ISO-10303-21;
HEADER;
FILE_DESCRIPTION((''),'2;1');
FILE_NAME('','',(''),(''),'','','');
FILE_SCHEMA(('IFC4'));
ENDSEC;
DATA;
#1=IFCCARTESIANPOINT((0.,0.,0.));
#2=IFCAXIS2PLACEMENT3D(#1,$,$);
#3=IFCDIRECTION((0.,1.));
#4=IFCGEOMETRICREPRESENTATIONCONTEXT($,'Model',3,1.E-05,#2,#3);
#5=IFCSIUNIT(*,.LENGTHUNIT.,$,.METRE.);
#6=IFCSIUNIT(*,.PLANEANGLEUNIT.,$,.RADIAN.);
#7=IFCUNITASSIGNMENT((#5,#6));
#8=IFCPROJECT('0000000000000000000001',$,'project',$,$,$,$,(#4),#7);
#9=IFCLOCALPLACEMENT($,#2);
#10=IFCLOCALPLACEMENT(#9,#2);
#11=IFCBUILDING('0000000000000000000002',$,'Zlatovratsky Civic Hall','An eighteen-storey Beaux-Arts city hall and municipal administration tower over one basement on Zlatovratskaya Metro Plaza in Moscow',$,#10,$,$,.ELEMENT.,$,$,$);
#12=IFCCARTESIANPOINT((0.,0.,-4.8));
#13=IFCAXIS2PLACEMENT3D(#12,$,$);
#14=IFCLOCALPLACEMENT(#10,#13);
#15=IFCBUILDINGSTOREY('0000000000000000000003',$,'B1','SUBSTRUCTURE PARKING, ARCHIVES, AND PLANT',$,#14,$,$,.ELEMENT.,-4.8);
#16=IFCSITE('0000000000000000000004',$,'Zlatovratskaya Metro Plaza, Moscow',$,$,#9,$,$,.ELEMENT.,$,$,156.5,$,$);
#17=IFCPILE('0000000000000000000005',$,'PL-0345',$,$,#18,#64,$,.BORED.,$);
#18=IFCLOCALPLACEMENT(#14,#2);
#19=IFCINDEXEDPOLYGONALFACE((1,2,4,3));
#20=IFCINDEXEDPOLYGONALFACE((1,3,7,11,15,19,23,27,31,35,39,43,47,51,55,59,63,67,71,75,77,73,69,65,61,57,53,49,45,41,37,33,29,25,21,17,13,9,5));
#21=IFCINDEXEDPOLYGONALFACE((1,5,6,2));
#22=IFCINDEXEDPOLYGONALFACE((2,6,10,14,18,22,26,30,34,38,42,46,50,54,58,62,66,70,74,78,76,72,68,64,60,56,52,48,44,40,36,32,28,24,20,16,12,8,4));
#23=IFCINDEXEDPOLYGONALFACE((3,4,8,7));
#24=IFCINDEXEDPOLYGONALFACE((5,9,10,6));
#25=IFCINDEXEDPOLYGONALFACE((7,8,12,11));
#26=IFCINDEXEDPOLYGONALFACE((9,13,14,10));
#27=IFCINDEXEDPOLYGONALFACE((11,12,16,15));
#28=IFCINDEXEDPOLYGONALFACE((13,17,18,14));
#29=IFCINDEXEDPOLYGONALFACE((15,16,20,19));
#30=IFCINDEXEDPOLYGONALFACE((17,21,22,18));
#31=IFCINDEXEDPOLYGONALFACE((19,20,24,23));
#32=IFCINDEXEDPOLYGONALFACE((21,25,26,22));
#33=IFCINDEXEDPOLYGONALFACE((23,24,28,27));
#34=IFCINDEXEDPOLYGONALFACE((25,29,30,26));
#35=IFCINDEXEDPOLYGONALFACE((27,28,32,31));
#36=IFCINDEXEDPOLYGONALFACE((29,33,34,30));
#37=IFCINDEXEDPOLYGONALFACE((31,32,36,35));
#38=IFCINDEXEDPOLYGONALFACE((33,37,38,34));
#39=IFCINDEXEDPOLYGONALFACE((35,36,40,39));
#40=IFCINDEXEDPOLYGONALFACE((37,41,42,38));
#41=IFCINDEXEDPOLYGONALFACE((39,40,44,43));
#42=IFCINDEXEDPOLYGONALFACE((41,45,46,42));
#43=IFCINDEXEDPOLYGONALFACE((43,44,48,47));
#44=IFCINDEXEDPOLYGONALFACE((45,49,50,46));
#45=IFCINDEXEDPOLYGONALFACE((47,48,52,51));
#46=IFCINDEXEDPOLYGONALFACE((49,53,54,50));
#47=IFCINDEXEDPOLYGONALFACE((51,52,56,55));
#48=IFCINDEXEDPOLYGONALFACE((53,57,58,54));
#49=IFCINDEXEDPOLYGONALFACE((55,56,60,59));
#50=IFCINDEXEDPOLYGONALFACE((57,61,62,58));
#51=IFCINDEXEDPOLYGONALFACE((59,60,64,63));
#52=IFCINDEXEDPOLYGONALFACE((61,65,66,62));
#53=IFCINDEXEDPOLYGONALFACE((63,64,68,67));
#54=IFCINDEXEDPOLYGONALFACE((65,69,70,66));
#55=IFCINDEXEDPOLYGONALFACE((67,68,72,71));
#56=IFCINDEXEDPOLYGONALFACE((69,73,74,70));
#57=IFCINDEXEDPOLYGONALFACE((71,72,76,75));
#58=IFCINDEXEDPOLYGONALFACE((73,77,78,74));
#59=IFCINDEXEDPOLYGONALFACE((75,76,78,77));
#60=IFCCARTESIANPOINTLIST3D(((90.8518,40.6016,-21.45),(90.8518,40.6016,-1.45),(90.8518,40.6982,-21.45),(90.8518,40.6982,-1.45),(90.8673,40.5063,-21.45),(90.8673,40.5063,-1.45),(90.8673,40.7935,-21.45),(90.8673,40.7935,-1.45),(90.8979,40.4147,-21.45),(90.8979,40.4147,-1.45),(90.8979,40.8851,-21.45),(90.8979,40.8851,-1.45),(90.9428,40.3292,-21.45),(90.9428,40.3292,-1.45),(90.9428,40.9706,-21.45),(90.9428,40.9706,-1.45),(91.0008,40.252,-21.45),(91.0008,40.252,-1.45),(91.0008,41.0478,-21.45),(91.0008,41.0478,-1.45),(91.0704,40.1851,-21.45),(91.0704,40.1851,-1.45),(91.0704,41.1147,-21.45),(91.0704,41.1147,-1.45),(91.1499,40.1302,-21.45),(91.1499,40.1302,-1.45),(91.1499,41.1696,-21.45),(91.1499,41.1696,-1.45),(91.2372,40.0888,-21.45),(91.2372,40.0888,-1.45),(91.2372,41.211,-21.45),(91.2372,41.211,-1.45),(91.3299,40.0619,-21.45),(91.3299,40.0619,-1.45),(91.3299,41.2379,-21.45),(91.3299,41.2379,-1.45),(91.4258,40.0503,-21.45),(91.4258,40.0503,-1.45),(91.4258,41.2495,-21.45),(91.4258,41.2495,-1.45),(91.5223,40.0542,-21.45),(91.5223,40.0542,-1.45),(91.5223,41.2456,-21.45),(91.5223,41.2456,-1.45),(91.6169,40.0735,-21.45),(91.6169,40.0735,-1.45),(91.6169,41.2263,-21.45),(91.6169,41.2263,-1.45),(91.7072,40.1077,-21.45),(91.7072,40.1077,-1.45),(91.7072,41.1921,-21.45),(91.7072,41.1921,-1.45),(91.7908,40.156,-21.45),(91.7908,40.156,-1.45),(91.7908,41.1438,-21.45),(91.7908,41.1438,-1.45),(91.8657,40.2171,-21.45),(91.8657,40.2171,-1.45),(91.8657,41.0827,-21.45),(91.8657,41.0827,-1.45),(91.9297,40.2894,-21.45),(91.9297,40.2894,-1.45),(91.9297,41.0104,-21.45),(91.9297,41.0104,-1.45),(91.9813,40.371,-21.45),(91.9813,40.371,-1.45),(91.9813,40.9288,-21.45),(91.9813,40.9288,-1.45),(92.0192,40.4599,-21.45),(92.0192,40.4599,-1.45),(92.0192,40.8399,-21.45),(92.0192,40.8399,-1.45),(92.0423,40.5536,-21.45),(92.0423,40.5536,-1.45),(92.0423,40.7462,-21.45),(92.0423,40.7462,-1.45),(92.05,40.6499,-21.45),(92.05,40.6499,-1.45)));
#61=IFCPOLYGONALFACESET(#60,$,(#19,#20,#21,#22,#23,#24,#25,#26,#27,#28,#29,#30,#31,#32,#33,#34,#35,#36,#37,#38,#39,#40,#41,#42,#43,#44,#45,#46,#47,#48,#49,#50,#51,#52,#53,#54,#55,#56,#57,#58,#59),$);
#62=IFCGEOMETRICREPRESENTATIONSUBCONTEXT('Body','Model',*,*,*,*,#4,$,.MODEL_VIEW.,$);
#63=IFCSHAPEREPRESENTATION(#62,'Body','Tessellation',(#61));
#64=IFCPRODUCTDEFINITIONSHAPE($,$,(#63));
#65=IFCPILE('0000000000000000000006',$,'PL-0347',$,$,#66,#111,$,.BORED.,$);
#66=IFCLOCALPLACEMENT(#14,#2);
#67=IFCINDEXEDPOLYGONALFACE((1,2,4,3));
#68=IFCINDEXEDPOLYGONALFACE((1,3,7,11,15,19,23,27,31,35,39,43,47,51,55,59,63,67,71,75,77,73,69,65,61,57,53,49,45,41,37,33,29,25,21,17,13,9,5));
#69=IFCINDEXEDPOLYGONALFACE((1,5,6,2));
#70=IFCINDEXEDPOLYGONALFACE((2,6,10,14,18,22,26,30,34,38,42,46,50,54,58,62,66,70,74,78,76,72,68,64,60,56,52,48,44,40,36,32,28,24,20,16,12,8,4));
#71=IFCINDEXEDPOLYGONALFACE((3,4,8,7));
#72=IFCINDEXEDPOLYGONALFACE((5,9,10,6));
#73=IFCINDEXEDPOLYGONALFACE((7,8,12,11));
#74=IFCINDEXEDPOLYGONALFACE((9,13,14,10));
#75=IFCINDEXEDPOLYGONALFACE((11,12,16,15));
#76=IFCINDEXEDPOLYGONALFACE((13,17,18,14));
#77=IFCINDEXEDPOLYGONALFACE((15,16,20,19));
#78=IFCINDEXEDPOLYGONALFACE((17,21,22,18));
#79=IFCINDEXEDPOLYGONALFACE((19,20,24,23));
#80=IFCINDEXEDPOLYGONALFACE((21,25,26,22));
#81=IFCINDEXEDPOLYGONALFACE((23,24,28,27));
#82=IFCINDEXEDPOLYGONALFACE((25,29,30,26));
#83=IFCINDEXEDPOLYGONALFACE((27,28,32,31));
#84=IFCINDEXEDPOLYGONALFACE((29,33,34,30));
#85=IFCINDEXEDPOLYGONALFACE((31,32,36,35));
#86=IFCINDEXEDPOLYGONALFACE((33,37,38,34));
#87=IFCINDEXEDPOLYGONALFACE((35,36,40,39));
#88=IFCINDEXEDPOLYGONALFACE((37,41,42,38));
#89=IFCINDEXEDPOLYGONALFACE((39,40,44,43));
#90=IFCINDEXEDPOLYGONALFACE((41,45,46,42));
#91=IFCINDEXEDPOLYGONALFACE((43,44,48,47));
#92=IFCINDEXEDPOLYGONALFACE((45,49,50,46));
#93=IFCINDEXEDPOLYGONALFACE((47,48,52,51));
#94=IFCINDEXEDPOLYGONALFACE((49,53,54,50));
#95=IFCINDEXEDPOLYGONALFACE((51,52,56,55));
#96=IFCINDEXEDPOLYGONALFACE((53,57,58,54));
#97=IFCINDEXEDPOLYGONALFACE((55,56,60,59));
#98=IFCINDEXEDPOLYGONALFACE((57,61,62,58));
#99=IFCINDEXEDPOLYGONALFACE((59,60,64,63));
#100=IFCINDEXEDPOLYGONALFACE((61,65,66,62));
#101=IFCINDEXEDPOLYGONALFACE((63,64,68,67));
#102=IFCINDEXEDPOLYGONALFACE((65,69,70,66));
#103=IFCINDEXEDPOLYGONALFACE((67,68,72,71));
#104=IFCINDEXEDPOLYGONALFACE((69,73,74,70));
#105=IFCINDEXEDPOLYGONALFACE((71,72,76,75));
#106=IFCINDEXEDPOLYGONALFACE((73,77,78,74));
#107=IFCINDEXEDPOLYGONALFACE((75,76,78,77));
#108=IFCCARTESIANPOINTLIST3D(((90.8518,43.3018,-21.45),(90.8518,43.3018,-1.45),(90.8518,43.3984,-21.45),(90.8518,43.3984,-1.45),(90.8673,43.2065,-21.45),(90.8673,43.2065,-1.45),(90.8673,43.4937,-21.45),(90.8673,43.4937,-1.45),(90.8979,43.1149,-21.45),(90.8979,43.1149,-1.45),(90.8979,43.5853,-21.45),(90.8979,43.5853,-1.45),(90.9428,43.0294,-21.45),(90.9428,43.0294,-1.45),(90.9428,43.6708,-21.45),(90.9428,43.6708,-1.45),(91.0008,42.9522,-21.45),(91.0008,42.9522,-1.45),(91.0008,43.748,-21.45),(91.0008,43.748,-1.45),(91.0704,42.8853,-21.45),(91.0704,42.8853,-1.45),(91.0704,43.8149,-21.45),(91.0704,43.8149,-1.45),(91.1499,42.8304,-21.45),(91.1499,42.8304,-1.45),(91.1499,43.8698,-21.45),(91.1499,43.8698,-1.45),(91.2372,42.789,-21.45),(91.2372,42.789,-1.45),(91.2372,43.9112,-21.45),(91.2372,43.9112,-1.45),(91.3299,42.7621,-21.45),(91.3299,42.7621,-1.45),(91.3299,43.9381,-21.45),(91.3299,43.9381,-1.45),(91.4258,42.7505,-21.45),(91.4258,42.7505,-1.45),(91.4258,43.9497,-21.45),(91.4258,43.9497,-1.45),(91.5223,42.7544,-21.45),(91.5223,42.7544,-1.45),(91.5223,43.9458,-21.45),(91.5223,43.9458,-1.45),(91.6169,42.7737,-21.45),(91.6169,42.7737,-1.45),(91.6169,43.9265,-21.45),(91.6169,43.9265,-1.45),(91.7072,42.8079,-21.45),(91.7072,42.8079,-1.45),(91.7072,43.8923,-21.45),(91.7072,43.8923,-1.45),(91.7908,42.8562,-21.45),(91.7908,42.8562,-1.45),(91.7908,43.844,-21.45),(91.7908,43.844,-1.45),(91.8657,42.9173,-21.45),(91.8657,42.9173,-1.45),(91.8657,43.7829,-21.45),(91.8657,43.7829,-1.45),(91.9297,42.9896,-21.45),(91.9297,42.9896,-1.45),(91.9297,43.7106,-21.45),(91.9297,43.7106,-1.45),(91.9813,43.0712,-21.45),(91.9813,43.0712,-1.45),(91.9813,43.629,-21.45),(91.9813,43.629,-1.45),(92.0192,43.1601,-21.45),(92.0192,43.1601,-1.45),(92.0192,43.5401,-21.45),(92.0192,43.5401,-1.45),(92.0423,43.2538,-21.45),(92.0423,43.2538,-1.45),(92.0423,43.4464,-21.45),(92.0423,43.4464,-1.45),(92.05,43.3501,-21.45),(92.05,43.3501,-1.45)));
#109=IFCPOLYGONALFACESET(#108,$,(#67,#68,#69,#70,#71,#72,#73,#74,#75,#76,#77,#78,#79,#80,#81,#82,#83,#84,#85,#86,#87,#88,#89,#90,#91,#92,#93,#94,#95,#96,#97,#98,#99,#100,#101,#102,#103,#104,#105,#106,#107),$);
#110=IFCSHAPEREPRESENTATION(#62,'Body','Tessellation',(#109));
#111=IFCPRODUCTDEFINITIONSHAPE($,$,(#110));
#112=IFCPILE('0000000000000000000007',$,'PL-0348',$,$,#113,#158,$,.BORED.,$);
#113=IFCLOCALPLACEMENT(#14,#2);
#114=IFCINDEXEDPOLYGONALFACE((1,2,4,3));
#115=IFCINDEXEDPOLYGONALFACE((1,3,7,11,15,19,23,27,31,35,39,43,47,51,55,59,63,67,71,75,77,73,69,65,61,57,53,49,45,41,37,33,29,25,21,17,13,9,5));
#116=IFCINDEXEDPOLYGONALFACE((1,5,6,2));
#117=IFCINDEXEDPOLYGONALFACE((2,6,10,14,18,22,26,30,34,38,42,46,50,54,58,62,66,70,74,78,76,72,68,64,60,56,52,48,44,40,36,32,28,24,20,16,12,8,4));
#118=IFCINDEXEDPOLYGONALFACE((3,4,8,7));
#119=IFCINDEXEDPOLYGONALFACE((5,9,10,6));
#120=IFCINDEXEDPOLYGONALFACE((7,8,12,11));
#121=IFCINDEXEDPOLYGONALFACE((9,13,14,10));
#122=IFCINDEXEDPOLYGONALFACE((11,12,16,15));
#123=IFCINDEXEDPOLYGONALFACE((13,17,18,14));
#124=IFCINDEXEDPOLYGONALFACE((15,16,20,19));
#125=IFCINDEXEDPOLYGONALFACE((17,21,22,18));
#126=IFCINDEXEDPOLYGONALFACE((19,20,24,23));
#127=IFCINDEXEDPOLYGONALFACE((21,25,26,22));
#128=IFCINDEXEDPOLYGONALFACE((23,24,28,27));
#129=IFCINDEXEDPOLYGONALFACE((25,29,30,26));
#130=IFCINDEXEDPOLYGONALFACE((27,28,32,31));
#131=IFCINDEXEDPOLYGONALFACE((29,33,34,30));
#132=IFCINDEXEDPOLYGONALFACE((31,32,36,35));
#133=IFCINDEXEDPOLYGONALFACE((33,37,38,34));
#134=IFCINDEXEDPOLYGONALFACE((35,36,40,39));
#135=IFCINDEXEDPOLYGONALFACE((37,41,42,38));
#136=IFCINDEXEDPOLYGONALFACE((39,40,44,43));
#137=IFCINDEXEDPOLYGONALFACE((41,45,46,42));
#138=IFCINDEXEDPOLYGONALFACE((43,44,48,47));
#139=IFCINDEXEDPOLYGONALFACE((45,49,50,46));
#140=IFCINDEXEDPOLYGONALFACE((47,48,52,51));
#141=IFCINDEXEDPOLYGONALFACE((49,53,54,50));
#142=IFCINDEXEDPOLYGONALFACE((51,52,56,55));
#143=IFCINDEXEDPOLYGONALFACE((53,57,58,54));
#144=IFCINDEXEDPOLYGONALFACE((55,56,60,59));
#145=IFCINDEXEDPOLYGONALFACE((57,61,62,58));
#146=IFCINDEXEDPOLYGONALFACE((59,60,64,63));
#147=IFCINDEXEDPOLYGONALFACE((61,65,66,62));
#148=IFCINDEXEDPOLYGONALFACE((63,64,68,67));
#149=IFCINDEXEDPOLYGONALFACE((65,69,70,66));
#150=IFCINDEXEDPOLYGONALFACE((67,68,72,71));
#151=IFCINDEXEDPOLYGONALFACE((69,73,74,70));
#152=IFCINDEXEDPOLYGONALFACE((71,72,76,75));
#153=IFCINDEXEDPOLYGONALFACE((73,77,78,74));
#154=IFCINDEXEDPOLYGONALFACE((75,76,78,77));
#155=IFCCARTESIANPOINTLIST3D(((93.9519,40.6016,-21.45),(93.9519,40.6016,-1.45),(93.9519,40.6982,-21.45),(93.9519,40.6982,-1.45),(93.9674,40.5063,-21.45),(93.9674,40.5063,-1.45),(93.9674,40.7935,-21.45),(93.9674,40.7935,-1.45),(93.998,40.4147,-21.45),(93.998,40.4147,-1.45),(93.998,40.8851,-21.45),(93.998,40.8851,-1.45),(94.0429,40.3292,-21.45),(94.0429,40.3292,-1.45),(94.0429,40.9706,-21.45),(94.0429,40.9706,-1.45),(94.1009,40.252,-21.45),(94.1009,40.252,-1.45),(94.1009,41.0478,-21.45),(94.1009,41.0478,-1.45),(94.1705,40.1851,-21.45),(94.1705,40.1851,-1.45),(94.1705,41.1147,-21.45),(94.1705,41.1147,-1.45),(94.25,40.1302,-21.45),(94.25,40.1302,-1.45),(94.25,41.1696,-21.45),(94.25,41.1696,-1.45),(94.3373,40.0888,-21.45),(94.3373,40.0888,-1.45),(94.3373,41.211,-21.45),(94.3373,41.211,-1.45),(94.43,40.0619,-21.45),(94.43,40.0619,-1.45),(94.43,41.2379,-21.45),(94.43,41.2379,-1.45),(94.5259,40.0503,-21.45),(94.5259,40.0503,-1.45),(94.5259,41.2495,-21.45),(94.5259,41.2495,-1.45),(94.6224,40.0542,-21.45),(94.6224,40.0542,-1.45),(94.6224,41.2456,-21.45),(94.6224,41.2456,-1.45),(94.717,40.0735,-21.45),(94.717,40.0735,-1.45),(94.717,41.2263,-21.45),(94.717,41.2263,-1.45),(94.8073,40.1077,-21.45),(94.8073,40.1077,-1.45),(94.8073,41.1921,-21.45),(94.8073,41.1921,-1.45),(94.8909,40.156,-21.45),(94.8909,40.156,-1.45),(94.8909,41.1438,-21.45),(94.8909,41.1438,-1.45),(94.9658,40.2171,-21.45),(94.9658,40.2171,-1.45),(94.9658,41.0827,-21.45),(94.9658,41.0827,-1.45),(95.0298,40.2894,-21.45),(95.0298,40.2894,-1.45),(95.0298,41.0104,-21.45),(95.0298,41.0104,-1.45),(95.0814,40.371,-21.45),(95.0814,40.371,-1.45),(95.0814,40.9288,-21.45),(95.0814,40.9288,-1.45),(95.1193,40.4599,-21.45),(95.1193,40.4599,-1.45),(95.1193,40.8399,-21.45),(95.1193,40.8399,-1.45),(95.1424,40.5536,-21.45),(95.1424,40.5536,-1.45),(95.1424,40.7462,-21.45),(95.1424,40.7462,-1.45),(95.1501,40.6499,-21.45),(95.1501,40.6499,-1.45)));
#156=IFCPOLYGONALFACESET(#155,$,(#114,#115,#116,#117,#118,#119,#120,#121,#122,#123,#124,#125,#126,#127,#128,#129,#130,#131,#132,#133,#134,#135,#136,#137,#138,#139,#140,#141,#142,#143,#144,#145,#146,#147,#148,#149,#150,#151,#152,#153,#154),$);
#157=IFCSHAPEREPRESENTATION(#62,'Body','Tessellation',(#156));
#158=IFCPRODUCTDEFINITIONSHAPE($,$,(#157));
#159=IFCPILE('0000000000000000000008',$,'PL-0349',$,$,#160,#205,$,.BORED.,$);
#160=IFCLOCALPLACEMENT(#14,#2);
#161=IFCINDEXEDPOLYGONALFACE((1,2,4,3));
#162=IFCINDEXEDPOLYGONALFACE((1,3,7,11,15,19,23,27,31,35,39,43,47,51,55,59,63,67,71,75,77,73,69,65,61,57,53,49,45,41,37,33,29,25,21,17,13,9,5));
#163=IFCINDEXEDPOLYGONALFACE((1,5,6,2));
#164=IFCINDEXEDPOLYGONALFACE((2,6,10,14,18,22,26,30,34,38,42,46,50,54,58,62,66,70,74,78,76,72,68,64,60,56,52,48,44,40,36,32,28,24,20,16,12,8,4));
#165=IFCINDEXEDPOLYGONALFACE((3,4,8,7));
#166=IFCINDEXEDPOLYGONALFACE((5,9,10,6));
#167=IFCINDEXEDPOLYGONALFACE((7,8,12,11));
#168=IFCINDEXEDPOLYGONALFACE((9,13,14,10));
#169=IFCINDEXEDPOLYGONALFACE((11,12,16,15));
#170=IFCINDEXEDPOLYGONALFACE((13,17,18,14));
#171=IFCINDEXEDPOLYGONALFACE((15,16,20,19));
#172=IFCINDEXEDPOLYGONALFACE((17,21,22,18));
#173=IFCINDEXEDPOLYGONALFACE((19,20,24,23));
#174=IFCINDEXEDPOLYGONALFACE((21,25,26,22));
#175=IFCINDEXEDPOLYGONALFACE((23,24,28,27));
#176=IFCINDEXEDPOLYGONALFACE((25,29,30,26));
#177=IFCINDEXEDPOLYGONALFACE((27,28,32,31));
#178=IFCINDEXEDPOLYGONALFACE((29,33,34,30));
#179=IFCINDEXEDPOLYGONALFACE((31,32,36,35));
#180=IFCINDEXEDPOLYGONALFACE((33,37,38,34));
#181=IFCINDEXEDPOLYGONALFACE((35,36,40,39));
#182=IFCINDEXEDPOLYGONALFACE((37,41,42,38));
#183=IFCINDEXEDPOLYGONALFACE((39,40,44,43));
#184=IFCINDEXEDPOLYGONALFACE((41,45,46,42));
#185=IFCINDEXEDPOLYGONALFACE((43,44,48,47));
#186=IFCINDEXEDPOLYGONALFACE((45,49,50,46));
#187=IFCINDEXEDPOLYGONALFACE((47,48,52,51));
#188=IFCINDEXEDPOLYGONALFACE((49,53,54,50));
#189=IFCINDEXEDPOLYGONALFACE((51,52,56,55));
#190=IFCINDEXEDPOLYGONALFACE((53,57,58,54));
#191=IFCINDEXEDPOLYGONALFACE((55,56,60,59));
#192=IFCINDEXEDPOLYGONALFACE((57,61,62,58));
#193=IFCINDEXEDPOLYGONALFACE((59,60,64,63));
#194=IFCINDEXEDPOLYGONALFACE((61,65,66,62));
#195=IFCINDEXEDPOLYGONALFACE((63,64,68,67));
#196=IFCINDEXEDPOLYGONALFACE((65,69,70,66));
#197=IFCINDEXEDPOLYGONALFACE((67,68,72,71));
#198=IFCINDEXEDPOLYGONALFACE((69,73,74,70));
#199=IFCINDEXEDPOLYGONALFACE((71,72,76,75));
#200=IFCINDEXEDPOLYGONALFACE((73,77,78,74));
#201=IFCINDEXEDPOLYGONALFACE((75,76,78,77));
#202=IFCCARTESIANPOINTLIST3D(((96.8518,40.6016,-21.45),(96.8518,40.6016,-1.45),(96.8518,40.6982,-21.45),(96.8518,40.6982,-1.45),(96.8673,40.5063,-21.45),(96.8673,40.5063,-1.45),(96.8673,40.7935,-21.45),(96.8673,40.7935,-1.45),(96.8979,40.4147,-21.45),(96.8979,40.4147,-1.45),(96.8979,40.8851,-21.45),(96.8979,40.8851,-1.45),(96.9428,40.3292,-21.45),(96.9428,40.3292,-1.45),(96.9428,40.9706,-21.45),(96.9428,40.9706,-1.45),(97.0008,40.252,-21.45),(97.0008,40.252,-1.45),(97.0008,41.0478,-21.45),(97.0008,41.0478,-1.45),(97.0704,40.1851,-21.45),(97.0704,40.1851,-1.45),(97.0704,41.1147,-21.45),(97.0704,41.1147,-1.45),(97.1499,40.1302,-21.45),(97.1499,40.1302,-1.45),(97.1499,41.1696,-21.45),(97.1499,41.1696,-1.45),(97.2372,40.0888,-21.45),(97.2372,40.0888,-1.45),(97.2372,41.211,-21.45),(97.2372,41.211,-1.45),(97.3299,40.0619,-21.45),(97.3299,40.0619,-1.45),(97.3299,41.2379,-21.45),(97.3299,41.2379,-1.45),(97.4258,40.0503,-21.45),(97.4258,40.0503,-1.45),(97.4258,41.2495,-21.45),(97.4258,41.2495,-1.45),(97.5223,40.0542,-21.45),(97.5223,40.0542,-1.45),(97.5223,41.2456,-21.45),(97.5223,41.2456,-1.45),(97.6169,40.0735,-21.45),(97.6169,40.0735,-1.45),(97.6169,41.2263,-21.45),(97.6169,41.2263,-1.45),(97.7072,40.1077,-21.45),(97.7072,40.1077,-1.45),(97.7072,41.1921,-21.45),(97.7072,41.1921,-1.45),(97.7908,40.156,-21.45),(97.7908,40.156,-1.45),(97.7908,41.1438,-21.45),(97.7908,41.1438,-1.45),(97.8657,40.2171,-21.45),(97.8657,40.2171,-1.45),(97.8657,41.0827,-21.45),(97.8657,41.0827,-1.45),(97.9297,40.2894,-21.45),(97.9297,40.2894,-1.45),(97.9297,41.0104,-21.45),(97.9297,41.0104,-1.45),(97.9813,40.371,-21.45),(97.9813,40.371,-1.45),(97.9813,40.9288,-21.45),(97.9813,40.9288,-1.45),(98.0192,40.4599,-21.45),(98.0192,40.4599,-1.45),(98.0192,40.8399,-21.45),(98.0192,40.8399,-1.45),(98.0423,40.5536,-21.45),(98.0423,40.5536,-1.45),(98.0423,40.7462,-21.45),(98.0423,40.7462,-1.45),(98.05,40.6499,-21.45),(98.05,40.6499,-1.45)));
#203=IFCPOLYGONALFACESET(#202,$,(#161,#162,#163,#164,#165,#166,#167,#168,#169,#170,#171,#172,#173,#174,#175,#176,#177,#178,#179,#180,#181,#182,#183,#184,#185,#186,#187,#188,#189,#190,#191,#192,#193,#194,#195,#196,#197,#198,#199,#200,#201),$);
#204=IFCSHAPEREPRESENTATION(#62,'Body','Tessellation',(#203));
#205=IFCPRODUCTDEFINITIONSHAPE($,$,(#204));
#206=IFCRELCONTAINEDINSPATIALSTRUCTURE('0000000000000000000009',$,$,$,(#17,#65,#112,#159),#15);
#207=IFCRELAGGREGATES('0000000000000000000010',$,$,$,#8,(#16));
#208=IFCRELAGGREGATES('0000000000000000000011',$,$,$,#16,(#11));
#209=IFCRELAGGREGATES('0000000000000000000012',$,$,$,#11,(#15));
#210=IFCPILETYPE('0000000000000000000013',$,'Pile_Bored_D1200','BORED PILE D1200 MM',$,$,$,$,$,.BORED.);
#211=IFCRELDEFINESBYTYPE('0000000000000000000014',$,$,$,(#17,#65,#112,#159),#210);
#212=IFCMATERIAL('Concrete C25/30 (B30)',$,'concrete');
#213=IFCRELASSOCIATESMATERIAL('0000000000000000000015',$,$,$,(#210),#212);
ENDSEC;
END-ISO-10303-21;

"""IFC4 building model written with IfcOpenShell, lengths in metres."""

from ifc_helpers import new_model, si_unit, direction, frame, origin, origin_2d, place, context, subcontext, project, spatial, circle, extrude, material, material_profile, profile_set, type_object, element, save


model = new_model("IFC4")

# Units and contexts
model_context = context("Model", 3, precision=1e-05, world=origin(), true_north=direction((0.0, 1.0)))
body_context = subcontext(model_context, "Body", "Model", "MODEL_VIEW")
ifc_project = project(units=[si_unit("LENGTHUNIT", "METRE"), si_unit("PLANEANGLEUNIT", "RADIAN")], contexts=[model_context])

# Site, building, storey
site_placement = place(None, origin())
site = spatial("IfcSite", under=ifc_project, at=site_placement, Name="Zlatovratskaya Metro Plaza, Moscow", CompositionType="ELEMENT", RefElevation=156.5)
building_placement = place(site_placement, origin())
building = spatial("IfcBuilding", under=site, at=building_placement, Name="Zlatovratsky Civic Hall", Description="An eighteen-storey Beaux-Arts city hall and municipal administration tower over one basement on Zlatovratskaya Metro Plaza in Moscow", CompositionType="ELEMENT")
storey_placement = place(building_placement, frame((0.0, 0.0, -4.8)))
storey = spatial("IfcBuildingStorey", under=building, at=storey_placement, Name="B1", Description="SUBSTRUCTURE PARKING, ARCHIVES, AND PLANT", CompositionType="ELEMENT", Elevation=-4.8)

# Shared definitions
ifc_material_1 = material(Name="Concrete C25/30 (B30)", Category="concrete")

# Piles
ifc_material_profile_1 = material_profile(ifc_material_1, circle(Radius=0.6001, at=origin_2d()), Name="PILE D1200")
ifc_profile_set_1 = profile_set([ifc_material_profile_1], Name="Concrete C25/30 (B30)")
pile_type_1 = type_object("IfcPileType", Name="Pile_Bored_D1200", Description="BORED PILE D1200 MM", PredefinedType="BORED", material=ifc_profile_set_1)
for number, where, z_axis, x_axis, name in (
    (1, (91.45, 40.6499, -1.45), (0.0, 0.0, -1.0), (1.0, 0.0, 0.0), "PL-0345"),
    (2, (91.45, 43.3501, -1.45), (0.0, 0.0, -1.0), (1.0, 0.0, 0.0), "PL-0347"),
    (3, (94.55, 40.6499, -1.45), (0.0, 0.0, -1.0), (1.0, 0.0, 0.0), "PL-0348"),
    (4, (97.45, 40.6499, -1.45), (0.0, 0.0, -1.0), (1.0, 0.0, 0.0), "PL-0349"),
):
    element("IfcPile", number, at=place(storey_placement, frame(where, z_axis=z_axis, x_axis=x_axis)), inside=storey, type_object=pile_type_1, Name=name, PredefinedType="BORED", context=body_context, shape_type="SweptSolid", body=[
        extrude(circle(Radius=0.6001, at=origin_2d()), origin(), (0.0, 0.0, 1.0), 20.0),
    ])

save(model, "model.ifc")
